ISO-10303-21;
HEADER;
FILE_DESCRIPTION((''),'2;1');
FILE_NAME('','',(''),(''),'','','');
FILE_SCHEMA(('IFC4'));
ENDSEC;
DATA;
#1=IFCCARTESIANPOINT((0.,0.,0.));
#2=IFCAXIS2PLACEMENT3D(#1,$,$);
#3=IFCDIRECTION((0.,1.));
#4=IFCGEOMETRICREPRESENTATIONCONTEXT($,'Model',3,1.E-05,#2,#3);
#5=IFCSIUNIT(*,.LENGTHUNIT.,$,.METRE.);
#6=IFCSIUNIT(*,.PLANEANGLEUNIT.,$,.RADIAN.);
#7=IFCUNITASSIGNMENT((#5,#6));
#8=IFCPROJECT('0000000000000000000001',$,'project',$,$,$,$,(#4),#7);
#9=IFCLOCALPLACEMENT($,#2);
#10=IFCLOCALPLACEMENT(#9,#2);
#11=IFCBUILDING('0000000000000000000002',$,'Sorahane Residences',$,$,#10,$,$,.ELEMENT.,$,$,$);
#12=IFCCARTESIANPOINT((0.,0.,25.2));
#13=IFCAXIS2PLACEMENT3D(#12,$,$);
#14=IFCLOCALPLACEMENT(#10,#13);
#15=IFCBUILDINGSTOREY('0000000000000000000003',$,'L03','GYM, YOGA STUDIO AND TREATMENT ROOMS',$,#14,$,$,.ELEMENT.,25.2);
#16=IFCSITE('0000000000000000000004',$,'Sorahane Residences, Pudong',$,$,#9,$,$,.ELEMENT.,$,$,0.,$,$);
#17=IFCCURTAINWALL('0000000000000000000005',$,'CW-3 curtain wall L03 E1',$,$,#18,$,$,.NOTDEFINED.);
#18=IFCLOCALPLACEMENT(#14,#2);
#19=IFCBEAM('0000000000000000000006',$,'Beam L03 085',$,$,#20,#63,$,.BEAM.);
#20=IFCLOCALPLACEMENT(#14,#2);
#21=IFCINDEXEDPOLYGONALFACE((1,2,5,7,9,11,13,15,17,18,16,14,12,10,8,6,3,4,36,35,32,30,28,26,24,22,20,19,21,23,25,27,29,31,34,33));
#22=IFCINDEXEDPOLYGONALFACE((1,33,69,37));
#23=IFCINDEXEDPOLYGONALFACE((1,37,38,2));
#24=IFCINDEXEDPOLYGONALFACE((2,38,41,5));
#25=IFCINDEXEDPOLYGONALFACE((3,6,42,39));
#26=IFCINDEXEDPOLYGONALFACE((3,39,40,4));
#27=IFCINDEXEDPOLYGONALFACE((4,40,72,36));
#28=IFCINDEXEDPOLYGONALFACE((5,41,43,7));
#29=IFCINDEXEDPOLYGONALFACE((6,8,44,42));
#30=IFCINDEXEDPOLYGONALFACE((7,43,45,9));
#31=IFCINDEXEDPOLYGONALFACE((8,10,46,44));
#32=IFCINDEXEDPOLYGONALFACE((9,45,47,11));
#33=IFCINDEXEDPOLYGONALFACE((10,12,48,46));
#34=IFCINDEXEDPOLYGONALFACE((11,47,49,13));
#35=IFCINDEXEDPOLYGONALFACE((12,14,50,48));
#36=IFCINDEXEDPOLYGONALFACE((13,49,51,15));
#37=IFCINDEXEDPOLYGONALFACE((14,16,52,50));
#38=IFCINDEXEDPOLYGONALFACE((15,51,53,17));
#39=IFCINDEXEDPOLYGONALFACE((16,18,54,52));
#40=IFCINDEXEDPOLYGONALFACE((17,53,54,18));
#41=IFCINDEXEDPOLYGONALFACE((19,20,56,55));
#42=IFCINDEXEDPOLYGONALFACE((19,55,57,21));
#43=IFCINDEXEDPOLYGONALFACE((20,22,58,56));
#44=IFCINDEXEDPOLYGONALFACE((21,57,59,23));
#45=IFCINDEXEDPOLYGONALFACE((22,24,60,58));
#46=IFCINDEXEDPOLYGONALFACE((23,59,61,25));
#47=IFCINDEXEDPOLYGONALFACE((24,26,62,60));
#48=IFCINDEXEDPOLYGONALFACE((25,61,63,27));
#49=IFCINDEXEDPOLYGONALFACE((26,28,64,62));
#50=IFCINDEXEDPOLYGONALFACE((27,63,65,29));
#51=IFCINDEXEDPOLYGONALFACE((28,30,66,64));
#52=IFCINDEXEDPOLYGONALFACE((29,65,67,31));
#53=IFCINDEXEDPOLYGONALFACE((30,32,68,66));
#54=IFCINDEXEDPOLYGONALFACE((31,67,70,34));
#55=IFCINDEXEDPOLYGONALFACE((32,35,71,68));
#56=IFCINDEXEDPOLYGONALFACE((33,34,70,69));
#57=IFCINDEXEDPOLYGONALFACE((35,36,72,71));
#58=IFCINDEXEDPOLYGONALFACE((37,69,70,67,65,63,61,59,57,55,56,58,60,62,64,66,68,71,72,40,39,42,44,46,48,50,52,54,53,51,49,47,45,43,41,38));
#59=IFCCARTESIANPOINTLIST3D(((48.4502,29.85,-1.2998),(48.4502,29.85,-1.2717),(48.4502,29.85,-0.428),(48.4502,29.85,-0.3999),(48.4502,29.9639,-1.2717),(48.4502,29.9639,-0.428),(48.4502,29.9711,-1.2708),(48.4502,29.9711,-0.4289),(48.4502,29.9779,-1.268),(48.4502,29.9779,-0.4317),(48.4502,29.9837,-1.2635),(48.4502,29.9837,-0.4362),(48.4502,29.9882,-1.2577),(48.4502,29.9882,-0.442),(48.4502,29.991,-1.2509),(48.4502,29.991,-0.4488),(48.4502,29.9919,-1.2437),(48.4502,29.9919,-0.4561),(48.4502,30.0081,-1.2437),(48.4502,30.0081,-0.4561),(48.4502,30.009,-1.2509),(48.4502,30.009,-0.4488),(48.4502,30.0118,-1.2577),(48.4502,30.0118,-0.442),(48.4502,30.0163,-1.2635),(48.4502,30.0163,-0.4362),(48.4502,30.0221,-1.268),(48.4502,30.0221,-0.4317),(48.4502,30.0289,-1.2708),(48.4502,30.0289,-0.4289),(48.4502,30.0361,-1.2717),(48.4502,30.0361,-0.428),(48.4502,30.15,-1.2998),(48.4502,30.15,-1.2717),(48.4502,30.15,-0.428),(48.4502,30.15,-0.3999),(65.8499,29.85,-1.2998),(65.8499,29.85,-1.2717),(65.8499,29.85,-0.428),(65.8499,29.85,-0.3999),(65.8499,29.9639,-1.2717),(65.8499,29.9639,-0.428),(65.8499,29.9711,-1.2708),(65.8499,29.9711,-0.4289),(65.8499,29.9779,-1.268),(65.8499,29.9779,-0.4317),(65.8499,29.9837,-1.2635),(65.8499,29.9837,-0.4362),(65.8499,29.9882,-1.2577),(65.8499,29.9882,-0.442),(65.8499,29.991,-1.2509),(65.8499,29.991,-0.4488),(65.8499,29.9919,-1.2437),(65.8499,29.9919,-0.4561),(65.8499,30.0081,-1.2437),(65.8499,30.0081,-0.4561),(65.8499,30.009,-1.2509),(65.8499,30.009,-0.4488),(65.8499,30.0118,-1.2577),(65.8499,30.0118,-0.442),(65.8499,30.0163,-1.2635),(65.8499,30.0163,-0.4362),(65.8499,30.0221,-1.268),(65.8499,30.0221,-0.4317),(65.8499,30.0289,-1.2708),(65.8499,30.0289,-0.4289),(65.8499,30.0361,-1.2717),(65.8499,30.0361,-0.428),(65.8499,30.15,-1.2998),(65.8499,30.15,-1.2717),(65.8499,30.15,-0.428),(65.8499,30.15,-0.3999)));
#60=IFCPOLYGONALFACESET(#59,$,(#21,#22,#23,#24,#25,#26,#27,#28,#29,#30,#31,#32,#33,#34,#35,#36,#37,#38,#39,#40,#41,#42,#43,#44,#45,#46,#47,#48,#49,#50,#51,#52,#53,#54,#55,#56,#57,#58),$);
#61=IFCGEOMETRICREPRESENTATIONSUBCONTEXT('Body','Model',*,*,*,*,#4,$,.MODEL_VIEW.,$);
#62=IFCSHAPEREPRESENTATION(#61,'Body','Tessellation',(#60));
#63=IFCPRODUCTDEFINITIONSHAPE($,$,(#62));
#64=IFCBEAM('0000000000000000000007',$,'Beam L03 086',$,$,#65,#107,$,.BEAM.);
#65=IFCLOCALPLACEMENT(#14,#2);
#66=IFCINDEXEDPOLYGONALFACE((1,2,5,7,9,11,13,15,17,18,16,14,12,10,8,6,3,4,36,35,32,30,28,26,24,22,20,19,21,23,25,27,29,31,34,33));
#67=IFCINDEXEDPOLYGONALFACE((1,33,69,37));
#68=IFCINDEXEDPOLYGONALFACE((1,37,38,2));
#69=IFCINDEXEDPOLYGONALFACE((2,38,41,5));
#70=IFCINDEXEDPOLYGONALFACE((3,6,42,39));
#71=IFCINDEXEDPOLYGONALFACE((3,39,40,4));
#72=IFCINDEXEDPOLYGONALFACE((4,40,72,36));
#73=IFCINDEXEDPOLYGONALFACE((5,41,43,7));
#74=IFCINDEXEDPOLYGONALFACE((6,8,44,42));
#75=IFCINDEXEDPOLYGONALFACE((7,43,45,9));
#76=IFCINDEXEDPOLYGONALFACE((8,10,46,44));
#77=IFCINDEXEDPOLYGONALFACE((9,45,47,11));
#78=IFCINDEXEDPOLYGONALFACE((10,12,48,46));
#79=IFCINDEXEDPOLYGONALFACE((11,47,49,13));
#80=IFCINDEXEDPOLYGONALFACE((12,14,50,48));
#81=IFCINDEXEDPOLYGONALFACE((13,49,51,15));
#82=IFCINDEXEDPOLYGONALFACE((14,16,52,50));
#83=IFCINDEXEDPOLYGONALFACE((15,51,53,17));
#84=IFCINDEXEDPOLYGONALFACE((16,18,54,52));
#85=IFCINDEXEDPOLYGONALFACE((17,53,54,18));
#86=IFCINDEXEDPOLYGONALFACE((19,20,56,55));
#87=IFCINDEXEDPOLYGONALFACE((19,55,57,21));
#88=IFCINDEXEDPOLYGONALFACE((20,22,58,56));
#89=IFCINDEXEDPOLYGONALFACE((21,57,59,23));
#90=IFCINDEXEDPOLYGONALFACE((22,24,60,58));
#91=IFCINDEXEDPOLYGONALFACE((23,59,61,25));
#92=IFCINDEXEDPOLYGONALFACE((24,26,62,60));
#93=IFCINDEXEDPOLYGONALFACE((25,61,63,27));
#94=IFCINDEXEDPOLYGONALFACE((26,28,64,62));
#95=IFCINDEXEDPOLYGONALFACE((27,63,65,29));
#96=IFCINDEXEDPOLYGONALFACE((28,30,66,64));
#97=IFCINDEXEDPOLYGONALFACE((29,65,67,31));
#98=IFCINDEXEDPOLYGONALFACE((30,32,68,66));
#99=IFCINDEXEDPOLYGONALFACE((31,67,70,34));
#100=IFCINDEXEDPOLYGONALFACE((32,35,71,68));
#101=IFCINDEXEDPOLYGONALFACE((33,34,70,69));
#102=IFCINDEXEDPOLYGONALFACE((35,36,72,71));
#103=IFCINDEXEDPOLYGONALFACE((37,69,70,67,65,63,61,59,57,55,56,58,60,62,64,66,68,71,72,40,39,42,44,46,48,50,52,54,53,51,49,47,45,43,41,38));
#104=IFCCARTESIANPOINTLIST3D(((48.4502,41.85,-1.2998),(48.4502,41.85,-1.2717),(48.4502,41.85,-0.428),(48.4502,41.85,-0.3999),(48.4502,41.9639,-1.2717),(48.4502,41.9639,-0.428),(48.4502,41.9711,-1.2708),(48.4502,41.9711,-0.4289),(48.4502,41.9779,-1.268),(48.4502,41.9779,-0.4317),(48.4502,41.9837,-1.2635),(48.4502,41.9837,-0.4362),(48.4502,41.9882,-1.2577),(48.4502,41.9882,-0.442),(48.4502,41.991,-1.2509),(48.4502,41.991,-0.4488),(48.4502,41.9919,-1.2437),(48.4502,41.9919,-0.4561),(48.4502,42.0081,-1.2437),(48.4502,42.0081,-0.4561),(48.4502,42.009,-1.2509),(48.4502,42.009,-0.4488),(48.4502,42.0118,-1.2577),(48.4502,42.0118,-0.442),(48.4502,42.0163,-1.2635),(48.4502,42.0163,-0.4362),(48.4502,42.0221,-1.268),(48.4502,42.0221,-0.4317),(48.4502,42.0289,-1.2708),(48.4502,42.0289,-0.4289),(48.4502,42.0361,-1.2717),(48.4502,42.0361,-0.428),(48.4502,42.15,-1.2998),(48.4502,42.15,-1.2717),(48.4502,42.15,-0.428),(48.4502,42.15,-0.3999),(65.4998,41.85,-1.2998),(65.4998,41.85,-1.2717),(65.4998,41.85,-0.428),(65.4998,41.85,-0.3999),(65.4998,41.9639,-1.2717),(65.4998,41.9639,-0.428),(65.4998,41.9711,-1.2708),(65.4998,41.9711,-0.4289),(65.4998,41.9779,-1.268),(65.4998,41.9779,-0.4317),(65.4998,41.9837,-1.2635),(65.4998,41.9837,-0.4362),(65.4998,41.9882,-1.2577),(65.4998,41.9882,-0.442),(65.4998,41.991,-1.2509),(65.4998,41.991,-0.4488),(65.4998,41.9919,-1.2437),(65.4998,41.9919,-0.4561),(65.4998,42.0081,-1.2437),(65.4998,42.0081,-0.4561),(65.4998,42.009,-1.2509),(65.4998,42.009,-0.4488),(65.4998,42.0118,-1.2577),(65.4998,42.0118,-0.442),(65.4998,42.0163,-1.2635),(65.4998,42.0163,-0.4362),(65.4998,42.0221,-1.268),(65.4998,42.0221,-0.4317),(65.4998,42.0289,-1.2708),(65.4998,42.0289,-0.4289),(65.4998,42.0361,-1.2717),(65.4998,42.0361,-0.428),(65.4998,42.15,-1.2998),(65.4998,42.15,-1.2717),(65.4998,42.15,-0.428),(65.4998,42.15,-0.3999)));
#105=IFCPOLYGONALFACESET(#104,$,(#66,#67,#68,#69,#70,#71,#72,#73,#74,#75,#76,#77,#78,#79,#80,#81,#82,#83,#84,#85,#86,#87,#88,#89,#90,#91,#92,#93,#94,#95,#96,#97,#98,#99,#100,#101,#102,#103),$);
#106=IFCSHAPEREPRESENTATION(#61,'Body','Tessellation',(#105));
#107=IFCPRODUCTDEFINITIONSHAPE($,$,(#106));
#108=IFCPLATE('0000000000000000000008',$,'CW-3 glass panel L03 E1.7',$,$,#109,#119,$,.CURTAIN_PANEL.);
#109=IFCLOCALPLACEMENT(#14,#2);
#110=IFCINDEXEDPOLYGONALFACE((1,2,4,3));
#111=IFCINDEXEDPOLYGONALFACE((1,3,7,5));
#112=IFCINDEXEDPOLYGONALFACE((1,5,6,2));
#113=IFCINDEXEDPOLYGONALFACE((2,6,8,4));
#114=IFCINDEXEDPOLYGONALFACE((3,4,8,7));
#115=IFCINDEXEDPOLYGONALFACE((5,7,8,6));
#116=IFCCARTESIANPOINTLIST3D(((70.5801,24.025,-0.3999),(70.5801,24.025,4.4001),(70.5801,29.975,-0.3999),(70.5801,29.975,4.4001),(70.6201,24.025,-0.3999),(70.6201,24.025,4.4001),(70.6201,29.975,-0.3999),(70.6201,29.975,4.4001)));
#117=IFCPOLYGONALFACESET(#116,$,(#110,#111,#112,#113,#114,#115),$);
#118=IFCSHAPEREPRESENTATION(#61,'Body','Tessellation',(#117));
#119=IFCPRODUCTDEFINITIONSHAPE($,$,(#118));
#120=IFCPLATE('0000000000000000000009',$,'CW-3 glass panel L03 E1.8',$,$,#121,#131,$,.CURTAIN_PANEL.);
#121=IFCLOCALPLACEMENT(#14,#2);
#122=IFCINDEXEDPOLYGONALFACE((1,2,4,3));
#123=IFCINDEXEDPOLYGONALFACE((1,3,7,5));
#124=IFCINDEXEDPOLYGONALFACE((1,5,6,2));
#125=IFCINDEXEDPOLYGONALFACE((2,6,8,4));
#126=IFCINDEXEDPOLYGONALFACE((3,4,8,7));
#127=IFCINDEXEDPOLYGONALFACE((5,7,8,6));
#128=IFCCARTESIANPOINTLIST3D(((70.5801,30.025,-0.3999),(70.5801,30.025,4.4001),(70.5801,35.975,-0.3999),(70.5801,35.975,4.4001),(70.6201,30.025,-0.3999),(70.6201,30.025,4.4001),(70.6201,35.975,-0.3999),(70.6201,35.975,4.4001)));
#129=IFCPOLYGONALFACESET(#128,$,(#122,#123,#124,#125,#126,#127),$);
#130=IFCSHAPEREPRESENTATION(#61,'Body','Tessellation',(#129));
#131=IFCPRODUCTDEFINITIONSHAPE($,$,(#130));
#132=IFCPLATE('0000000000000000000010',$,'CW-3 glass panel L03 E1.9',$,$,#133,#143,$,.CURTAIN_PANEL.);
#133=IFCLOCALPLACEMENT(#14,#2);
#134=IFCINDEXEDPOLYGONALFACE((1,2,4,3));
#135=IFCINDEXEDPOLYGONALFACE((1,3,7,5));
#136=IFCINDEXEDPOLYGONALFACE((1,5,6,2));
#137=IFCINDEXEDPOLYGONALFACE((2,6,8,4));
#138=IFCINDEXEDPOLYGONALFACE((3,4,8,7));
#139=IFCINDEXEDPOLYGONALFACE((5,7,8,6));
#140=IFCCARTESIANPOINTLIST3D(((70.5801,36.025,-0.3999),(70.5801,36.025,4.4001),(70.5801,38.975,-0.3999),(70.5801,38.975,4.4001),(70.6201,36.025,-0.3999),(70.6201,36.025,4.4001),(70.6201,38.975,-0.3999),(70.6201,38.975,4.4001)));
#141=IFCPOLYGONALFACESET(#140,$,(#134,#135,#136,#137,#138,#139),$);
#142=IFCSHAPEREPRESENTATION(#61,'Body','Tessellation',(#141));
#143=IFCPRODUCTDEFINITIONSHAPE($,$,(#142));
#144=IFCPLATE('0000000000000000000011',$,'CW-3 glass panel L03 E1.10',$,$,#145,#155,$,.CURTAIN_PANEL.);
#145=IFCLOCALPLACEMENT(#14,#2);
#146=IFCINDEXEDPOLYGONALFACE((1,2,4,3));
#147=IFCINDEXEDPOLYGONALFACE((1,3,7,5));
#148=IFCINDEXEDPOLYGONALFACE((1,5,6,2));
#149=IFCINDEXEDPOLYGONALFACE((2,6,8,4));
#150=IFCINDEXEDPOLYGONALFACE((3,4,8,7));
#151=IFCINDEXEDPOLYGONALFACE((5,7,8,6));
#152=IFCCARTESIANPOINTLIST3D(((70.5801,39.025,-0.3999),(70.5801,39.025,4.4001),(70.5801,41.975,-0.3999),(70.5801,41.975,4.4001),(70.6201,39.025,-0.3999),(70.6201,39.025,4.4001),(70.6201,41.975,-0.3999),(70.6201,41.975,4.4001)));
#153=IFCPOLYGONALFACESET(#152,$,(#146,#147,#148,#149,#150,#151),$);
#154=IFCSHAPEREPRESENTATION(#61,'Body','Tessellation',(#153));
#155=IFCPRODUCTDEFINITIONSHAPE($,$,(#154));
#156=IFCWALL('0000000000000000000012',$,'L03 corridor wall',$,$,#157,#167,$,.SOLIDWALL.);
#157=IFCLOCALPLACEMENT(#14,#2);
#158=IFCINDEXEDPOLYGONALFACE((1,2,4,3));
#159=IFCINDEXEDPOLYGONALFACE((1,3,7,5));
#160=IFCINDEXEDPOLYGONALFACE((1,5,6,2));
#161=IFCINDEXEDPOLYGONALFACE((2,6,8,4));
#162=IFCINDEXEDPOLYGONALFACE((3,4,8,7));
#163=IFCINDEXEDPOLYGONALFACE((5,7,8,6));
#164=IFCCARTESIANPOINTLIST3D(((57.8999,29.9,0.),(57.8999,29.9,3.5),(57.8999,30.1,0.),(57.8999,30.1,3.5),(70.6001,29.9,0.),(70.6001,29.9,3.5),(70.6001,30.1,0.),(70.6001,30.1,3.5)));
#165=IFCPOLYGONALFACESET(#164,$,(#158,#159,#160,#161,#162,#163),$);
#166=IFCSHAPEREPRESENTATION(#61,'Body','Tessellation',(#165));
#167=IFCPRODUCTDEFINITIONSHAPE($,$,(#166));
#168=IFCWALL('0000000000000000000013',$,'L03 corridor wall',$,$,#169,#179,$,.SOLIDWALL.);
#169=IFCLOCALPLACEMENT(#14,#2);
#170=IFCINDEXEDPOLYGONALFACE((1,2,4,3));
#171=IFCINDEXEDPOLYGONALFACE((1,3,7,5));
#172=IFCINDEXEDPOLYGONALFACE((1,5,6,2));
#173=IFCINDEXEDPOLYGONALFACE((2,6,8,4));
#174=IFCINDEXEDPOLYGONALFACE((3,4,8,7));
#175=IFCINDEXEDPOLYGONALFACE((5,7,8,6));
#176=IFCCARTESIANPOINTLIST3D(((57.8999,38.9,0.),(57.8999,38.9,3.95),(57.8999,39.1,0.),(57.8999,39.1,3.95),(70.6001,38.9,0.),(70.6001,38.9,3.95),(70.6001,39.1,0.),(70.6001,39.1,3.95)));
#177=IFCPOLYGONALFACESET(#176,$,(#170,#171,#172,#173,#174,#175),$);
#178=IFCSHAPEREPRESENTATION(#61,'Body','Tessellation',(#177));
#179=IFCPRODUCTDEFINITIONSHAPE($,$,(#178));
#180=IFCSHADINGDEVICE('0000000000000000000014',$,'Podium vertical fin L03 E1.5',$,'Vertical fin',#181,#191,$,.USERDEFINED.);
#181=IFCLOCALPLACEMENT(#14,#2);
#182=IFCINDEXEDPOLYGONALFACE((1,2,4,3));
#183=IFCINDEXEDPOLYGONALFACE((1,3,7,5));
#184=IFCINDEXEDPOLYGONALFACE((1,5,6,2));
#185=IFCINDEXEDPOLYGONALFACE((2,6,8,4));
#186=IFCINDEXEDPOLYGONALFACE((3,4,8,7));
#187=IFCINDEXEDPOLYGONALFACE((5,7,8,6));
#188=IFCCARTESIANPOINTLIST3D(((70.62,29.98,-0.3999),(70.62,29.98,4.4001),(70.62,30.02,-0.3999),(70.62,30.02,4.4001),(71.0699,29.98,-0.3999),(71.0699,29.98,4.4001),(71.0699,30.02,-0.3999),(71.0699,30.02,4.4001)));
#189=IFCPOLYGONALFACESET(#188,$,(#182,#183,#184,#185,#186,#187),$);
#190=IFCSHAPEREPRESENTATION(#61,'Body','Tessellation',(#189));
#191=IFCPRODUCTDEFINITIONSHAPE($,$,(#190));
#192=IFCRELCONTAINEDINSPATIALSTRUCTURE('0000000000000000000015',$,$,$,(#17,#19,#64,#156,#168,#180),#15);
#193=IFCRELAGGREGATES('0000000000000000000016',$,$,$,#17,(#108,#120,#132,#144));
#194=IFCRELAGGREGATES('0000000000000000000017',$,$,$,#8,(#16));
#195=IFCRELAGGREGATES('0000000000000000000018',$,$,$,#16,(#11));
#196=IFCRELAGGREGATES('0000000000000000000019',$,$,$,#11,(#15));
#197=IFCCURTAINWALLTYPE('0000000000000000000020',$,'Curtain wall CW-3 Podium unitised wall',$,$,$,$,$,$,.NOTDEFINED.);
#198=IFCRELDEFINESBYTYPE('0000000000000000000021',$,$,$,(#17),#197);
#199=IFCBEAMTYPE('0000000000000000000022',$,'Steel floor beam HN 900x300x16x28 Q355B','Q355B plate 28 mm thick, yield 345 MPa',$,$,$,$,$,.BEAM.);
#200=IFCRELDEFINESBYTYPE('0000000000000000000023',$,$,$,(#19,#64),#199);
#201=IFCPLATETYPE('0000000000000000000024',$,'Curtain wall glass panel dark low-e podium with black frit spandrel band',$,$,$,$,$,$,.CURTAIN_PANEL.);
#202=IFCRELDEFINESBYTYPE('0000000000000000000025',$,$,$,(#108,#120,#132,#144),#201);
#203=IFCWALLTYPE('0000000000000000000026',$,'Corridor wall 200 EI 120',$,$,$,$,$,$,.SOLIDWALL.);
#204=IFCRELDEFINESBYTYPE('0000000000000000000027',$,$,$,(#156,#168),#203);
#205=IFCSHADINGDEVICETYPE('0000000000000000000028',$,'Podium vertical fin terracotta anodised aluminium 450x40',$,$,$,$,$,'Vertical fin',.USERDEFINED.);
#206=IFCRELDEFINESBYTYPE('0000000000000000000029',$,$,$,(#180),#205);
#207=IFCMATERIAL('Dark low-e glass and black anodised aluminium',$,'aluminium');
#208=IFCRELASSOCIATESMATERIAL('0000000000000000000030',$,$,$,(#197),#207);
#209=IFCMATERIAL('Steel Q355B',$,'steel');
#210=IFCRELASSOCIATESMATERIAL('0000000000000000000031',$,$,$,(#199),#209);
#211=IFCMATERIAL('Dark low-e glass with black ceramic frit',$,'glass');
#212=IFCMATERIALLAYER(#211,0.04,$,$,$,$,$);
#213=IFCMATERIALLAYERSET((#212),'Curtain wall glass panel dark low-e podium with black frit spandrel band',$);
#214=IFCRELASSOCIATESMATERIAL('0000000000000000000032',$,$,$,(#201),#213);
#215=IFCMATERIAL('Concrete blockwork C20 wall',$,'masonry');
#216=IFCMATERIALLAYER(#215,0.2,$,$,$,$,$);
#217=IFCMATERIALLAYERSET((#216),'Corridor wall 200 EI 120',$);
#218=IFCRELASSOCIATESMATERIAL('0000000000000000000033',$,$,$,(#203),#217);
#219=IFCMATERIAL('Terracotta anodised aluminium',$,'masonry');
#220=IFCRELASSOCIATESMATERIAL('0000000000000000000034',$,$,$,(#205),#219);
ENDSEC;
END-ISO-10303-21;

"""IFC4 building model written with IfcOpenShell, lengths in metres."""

from ifc_helpers import new_model, si_unit, direction, frame, frame_2d, origin, origin_2d, place, context, subcontext, project, spatial, rectangle, i_section, extrude, material, layer, layer_set, material_profile, profile_set, type_object, element, aggregate, save


model = new_model("IFC4")

# Units and contexts
model_context = context("Model", 3, precision=1e-05, world=origin(), true_north=direction((0.0, 1.0)))
body_context = subcontext(model_context, "Body", "Model", "MODEL_VIEW")
ifc_project = project(units=[si_unit("LENGTHUNIT", "METRE"), si_unit("PLANEANGLEUNIT", "RADIAN")], contexts=[model_context])

# Site, building, storey
site_placement = place(None, origin())
site = spatial("IfcSite", under=ifc_project, at=site_placement, Name="Sorahane Residences, Pudong", CompositionType="ELEMENT", RefElevation=0.0)
building_placement = place(site_placement, origin())
building = spatial("IfcBuilding", under=site, at=building_placement, Name="Sorahane Residences", CompositionType="ELEMENT")
storey_placement = place(building_placement, frame((0.0, 0.0, 25.2)))
storey = spatial("IfcBuildingStorey", under=building, at=storey_placement, Name="L03", Description="GYM, YOGA STUDIO AND TREATMENT ROOMS", CompositionType="ELEMENT", Elevation=25.2)

# Curtain wall
ifc_material_1 = material(Name="Dark low-e glass and black anodised aluminium", Category="aluminium")
curtain_wall_type = type_object("IfcCurtainWallType", Name="Curtain wall CW-3 Podium unitised wall", PredefinedType="NOTDEFINED", material=ifc_material_1)
curtain_wall_placement = place(storey_placement, origin())
curtain_wall = element("IfcCurtainWall", 1, at=curtain_wall_placement, inside=storey, type_object=curtain_wall_type, Name="CW-3 curtain wall L03 E1", PredefinedType="NOTDEFINED")

# Beams
ifc_material_2 = material(Name="Steel Q355B", Category="steel")
ifc_material_profile_1 = material_profile(ifc_material_2, i_section(OverallWidth=0.3, OverallDepth=0.8999, WebThickness=0.0161, FlangeThickness=0.0281, FilletRadius=0.0281, at=origin_2d()), Name="HN 900x300x16x28")
ifc_profile_set_1 = profile_set([ifc_material_profile_1], Name="Steel Q355B")
beam_type_1 = type_object("IfcBeamType", Name="Steel floor beam HN 900x300x16x28 Q355B", Description="Q355B plate 28 mm thick, yield 345 MPa", PredefinedType="BEAM", material=ifc_profile_set_1)
beam_1_placement = place(storey_placement, frame((48.4502, 30.0, -0.8499), z_axis=(1.0, 0.0, 0.0), x_axis=(0.0, 1.0, 0.0)))
element("IfcBeam", 2, at=beam_1_placement, inside=storey, type_object=beam_type_1, Name="Beam L03 085", PredefinedType="BEAM", context=body_context, shape_type="SweptSolid", body=[
    extrude(i_section(OverallWidth=0.3, OverallDepth=0.8999, WebThickness=0.0161, FlangeThickness=0.0281, FilletRadius=0.0281, at=origin_2d()), origin(), (0.0, 0.0, 1.0), 17.3997),
])
beam_2_placement = place(storey_placement, frame((48.4502, 42.0, -0.8499), z_axis=(1.0, 0.0, 0.0), x_axis=(0.0, 1.0, 0.0)))
element("IfcBeam", 3, at=beam_2_placement, inside=storey, type_object=beam_type_1, Name="Beam L03 086", PredefinedType="BEAM", context=body_context, shape_type="SweptSolid", body=[
    extrude(i_section(OverallWidth=0.3, OverallDepth=0.8999, WebThickness=0.0161, FlangeThickness=0.0281, FilletRadius=0.0281, at=origin_2d()), origin(), (0.0, 0.0, 1.0), 17.0496),
])

# Plates
ifc_material_3 = material(Name="Dark low-e glass with black ceramic frit", Category="glass")
ifc_layer_1 = layer(ifc_material_3, 0.04)
ifc_layer_set_1 = layer_set([ifc_layer_1], Name="Curtain wall glass panel dark low-e podium with black frit spandrel band")
plate_type = type_object("IfcPlateType", Name="Curtain wall glass panel dark low-e podium with black frit spandrel band", PredefinedType="CURTAIN_PANEL", material=ifc_layer_set_1)
plate_1_placement = place(storey_placement, frame((70.6001, 27.0, -0.3999), z_axis=(0.0, 0.0, 1.0), x_axis=(0.0, 1.0, 0.0)))
plate_1 = element("IfcPlate", 4, at=plate_1_placement, type_object=plate_type, Name="CW-3 glass panel L03 E1.7", PredefinedType="CURTAIN_PANEL", context=body_context, shape_type="SweptSolid", body=[
    extrude(rectangle(XDim=5.95, YDim=0.04, at=origin_2d()), origin(), (0.0, 0.0, 1.0), 4.8),
])
plate_2_placement = place(storey_placement, frame((70.6001, 33.0, -0.3999), z_axis=(0.0, 0.0, 1.0), x_axis=(0.0, 1.0, 0.0)))
plate_2 = element("IfcPlate", 5, at=plate_2_placement, type_object=plate_type, Name="CW-3 glass panel L03 E1.8", PredefinedType="CURTAIN_PANEL", context=body_context, shape_type="SweptSolid", body=[
    extrude(rectangle(XDim=5.95, YDim=0.04, at=origin_2d()), origin(), (0.0, 0.0, 1.0), 4.8),
])
plate_3_placement = place(storey_placement, frame((70.6001, 37.5, -0.3999), z_axis=(0.0, 0.0, 1.0), x_axis=(0.0, 1.0, 0.0)))
plate_3 = element("IfcPlate", 6, at=plate_3_placement, type_object=plate_type, Name="CW-3 glass panel L03 E1.9", PredefinedType="CURTAIN_PANEL", context=body_context, shape_type="SweptSolid", body=[
    extrude(rectangle(XDim=2.95, YDim=0.04, at=origin_2d()), origin(), (0.0, 0.0, 1.0), 4.8),
])
plate_4_placement = place(storey_placement, frame((70.6001, 40.5, -0.3999), z_axis=(0.0, 0.0, 1.0), x_axis=(0.0, 1.0, 0.0)))
plate_4 = element("IfcPlate", 7, at=plate_4_placement, type_object=plate_type, Name="CW-3 glass panel L03 E1.10", PredefinedType="CURTAIN_PANEL", context=body_context, shape_type="SweptSolid", body=[
    extrude(rectangle(XDim=2.95, YDim=0.04, at=origin_2d()), origin(), (0.0, 0.0, 1.0), 4.8),
])
aggregate(curtain_wall, [plate_1, plate_2, plate_3, plate_4])

# Walls
ifc_material_4 = material(Name="Concrete blockwork C20 wall", Category="masonry")
ifc_layer_2 = layer(ifc_material_4, 0.2)
ifc_layer_set_2 = layer_set([ifc_layer_2], Name="Corridor wall 200 EI 120")
wall_type = type_object("IfcWallType", Name="Corridor wall 200 EI 120", PredefinedType="SOLIDWALL", material=ifc_layer_set_2)
wall_1_placement = place(storey_placement, frame((57.8999, 30.0, 0.0), z_axis=(0.0, 0.0, 1.0), x_axis=(1.0, 0.0, 0.0)))
element("IfcWall", 8, at=wall_1_placement, inside=storey, type_object=wall_type, Name="L03 corridor wall", PredefinedType="SOLIDWALL", context=body_context, shape_type="SweptSolid", body=[
    extrude(rectangle(XDim=12.7002, YDim=0.2, at=frame_2d((6.3501, 0.0))), origin(), (0.0, 0.0, 1.0), 3.5),
])
wall_2_placement = place(storey_placement, frame((57.8999, 39.0, 0.0), z_axis=(0.0, 0.0, 1.0), x_axis=(1.0, 0.0, 0.0)))
element("IfcWall", 9, at=wall_2_placement, inside=storey, type_object=wall_type, Name="L03 corridor wall", PredefinedType="SOLIDWALL", context=body_context, shape_type="SweptSolid", body=[
    extrude(rectangle(XDim=12.7002, YDim=0.2, at=frame_2d((6.3501, 0.0))), origin(), (0.0, 0.0, 1.0), 3.95),
])

# Shading device
ifc_material_5 = material(Name="Terracotta anodised aluminium", Category="masonry")
ifc_material_profile_2 = material_profile(ifc_material_5, rectangle(XDim=0.45, YDim=0.04, at=origin_2d()), Name="Podium vertical fin terracotta anodised aluminium 450x40")
ifc_profile_set_2 = profile_set([ifc_material_profile_2], Name="Terracotta anodised aluminium")
shading_device_type = type_object("IfcShadingDeviceType", Name="Podium vertical fin terracotta anodised aluminium 450x40", ElementType="Vertical fin", PredefinedType="USERDEFINED", material=ifc_profile_set_2)
for number, where, z_axis, x_axis, name in (
    (10, (70.845, 30.0, -0.3999), (0.0, 0.0, 1.0), (1.0, 0.0, 0.0), "Podium vertical fin L03 E1.5"),
):
    element("IfcShadingDevice", number, at=place(storey_placement, frame(where, z_axis=z_axis, x_axis=x_axis)), inside=storey, type_object=shading_device_type, Name=name, ObjectType="Vertical fin", PredefinedType="USERDEFINED", context=body_context, shape_type="SweptSolid", body=[
        extrude(rectangle(XDim=0.45, YDim=0.04, at=origin_2d()), origin(), (0.0, 0.0, 1.0), 4.8),
    ])

save(model, "model.ifc")
